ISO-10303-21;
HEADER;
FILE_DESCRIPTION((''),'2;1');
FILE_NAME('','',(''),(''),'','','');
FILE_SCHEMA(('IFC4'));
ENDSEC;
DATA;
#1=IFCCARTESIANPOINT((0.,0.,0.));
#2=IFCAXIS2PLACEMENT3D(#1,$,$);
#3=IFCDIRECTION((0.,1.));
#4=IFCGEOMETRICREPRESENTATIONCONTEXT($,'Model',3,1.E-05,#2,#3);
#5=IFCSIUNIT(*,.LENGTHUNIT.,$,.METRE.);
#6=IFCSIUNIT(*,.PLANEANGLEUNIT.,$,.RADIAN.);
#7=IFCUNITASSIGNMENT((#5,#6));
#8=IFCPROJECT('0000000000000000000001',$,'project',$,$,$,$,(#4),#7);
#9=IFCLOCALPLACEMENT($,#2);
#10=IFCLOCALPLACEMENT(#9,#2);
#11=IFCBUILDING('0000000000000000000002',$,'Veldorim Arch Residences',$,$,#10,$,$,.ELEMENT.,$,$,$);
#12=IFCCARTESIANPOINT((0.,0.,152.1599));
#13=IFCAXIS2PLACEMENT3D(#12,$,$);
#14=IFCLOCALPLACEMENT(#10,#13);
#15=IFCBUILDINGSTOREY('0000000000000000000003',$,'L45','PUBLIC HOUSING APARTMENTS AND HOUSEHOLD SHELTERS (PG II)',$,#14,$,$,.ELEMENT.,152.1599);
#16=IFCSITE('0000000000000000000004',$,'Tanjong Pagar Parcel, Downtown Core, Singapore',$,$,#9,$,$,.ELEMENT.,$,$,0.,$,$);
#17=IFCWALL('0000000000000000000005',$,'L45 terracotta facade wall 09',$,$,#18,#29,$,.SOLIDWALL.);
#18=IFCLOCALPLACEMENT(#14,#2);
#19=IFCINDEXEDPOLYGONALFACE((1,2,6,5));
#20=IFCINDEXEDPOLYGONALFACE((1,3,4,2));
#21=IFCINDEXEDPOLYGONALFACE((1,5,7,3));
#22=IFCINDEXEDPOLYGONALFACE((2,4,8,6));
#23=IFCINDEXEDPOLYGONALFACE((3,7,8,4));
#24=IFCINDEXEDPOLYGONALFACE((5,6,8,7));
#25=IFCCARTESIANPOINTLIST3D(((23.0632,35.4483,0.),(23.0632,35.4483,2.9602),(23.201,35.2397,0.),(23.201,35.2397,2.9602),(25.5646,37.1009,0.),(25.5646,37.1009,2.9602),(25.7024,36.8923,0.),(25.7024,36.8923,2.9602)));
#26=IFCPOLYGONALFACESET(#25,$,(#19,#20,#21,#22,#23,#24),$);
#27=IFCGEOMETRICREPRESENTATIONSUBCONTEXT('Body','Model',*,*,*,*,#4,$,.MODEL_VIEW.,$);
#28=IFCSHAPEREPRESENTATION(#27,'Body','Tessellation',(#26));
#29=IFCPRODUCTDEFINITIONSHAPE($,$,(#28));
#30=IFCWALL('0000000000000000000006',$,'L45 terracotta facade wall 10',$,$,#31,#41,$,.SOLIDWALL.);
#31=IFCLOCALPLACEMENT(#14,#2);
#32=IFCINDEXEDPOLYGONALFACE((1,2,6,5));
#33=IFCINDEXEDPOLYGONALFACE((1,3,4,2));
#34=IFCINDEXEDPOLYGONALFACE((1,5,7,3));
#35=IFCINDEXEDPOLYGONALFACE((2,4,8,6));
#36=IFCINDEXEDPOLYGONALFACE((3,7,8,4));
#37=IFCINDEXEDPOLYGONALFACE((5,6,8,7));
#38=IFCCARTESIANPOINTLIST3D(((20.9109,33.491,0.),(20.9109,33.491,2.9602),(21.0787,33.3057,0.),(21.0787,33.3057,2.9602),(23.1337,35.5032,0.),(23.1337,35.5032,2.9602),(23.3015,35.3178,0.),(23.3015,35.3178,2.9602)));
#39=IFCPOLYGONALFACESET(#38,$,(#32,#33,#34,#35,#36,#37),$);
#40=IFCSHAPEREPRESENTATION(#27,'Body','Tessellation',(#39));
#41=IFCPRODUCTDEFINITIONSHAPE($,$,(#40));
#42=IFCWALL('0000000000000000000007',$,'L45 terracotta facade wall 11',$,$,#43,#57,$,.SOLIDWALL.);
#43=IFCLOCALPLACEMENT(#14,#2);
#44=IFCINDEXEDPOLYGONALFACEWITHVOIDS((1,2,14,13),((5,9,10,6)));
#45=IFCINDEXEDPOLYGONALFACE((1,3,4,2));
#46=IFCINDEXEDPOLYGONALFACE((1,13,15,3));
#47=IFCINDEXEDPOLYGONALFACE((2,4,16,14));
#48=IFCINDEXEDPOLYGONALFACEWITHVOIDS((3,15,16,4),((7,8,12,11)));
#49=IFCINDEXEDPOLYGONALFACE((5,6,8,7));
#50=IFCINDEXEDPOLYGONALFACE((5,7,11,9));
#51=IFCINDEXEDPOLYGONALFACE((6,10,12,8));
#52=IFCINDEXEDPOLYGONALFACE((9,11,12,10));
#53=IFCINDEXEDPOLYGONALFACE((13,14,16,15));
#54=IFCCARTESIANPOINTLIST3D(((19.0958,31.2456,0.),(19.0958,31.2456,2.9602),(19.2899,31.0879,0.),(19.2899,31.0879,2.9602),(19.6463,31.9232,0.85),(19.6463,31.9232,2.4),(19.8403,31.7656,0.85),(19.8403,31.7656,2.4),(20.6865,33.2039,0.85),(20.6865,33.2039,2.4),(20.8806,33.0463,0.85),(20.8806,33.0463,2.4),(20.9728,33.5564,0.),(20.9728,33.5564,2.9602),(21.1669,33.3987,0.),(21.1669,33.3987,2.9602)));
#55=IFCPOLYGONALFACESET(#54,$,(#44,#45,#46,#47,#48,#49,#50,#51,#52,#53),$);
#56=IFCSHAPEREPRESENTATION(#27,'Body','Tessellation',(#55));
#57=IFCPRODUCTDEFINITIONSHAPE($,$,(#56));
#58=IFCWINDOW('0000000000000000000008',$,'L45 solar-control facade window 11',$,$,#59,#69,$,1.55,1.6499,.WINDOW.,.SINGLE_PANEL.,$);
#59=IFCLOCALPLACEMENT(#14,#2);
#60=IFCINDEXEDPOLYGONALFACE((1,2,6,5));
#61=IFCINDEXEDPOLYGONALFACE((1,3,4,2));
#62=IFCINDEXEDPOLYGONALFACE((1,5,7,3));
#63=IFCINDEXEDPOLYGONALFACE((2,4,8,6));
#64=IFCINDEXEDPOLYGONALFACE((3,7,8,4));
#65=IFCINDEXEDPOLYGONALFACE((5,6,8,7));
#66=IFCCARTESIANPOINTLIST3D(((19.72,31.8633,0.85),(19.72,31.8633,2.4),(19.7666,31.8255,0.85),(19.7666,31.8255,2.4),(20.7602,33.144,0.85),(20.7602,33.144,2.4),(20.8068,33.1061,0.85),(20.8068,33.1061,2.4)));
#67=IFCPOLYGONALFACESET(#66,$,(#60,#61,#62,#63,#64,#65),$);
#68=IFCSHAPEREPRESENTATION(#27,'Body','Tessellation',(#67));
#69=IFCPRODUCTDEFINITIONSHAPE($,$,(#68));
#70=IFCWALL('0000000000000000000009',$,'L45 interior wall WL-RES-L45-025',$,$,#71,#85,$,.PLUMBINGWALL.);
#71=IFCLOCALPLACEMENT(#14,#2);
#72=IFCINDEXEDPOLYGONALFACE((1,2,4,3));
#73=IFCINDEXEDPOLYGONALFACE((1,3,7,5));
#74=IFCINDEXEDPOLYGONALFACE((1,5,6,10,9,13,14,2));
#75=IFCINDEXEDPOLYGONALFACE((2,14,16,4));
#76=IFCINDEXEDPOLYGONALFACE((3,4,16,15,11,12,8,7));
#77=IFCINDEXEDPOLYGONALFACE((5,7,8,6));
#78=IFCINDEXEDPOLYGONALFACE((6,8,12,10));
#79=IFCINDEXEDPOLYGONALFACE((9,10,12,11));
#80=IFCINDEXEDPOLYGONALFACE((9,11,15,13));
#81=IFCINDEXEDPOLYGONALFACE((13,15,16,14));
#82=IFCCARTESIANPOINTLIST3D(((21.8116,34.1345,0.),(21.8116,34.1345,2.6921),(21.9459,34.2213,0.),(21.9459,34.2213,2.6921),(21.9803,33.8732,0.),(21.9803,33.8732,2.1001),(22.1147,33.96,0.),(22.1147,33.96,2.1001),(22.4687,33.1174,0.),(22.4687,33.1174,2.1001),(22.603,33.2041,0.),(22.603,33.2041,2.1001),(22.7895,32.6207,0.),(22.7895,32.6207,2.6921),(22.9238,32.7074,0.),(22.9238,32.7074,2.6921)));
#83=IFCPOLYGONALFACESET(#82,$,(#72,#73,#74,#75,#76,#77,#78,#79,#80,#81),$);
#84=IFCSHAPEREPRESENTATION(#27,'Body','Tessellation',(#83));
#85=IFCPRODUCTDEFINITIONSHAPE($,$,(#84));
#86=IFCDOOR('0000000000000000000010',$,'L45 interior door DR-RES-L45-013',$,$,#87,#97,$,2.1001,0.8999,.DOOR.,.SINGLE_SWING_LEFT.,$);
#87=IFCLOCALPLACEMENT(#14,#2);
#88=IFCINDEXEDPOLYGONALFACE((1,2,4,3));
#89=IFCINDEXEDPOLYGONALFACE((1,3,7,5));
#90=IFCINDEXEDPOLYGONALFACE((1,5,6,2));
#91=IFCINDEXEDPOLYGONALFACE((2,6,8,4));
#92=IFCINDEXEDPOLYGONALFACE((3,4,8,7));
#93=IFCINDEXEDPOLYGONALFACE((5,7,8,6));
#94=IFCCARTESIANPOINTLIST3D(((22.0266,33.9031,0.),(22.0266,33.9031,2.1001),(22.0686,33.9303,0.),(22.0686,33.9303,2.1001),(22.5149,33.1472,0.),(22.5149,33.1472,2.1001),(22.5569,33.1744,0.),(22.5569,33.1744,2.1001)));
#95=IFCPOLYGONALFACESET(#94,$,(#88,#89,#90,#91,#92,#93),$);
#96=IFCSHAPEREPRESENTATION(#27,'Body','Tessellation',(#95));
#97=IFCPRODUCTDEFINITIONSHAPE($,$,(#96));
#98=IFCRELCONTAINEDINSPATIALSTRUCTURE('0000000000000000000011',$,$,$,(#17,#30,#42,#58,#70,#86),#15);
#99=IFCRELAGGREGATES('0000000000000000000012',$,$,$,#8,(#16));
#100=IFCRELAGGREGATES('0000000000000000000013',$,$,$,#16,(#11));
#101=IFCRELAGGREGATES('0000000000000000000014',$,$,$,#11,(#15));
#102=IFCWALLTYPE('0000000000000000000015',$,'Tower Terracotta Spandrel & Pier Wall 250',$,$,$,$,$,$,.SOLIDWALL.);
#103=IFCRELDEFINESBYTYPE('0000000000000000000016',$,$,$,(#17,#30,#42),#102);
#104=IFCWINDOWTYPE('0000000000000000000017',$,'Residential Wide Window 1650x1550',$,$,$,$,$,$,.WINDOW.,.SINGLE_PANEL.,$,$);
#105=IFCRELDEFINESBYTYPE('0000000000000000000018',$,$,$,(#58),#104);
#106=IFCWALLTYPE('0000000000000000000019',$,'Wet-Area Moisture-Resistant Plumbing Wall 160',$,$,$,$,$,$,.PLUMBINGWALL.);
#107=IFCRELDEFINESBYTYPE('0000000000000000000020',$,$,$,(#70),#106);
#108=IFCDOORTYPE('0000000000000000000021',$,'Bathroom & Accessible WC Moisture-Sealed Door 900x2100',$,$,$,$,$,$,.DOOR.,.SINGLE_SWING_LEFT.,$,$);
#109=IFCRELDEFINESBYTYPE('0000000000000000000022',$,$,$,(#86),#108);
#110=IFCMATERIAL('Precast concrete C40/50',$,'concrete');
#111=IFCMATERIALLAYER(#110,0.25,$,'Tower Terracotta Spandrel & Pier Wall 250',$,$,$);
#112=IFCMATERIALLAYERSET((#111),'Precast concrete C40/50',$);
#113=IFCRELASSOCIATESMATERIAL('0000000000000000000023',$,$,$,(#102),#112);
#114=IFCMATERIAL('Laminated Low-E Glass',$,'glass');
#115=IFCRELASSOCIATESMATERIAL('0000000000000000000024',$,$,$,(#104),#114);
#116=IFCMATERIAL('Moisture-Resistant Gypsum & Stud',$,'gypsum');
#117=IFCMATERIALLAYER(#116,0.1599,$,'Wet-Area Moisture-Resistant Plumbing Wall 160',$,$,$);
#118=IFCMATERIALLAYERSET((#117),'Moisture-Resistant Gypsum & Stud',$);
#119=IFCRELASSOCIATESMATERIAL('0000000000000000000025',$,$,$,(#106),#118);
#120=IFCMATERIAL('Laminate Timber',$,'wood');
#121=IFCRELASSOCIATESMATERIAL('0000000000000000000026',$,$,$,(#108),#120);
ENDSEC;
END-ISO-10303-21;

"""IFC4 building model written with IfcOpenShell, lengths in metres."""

from ifc_helpers import new_model, si_unit, direction, frame, frame_2d, origin, place, context, subcontext, project, spatial, rectangle, extrude, material, layer, layer_set, type_object, element, fill, save


model = new_model("IFC4")

# Units and contexts
model_context = context("Model", 3, precision=1e-05, world=origin(), true_north=direction((0.0, 1.0)))
body_context = subcontext(model_context, "Body", "Model", "MODEL_VIEW")
ifc_project = project(units=[si_unit("LENGTHUNIT", "METRE"), si_unit("PLANEANGLEUNIT", "RADIAN")], contexts=[model_context])

# Site, building, storey
site_placement = place(None, origin())
site = spatial("IfcSite", under=ifc_project, at=site_placement, Name="Tanjong Pagar Parcel, Downtown Core, Singapore", CompositionType="ELEMENT", RefElevation=0.0)
building_placement = place(site_placement, origin())
building = spatial("IfcBuilding", under=site, at=building_placement, Name="Veldorim Arch Residences", CompositionType="ELEMENT")
storey_placement = place(building_placement, frame((0.0, 0.0, 152.1599)))
storey = spatial("IfcBuildingStorey", under=building, at=storey_placement, Name="L45", Description="PUBLIC HOUSING APARTMENTS AND HOUSEHOLD SHELTERS (PG II)", CompositionType="ELEMENT", Elevation=152.1599)

# Shared definitions
ifc_material_1 = material(Name="Precast concrete C40/50", Category="concrete")
ifc_layer_1 = layer(ifc_material_1, 0.25, Name="Tower Terracotta Spandrel & Pier Wall 250")
ifc_layer_set_1 = layer_set([ifc_layer_1], Name="Precast concrete C40/50")
wall_type_1 = type_object("IfcWallType", Name="Tower Terracotta Spandrel & Pier Wall 250", PredefinedType="SOLIDWALL", material=ifc_layer_set_1)

# Walls
wall_1_placement = place(storey_placement, frame((23.1321, 35.344, 0.0), z_axis=(0.0, 0.0, 1.0), x_axis=(0.834361, 0.551219, 0.0)))
element("IfcWall", 1, at=wall_1_placement, inside=storey, type_object=wall_type_1, Name="L45 terracotta facade wall 09", PredefinedType="SOLIDWALL", context=body_context, shape_type="SweptSolid", body=[
    extrude(rectangle(XDim=2.998, YDim=0.25, at=frame_2d((1.499, 0.0))), origin(), (0.0, 0.0, 1.0), 2.9602),
])
wall_2_placement = place(storey_placement, frame((20.9949, 33.3984, 0.0), z_axis=(0.0, 0.0, 1.0), x_axis=(0.741368, 0.671099, 0.0)))
element("IfcWall", 2, at=wall_2_placement, inside=storey, type_object=wall_type_1, Name="L45 terracotta facade wall 10", PredefinedType="SOLIDWALL", context=body_context, shape_type="SweptSolid", body=[
    extrude(rectangle(XDim=2.9983, YDim=0.25, at=frame_2d((1.499, 0.0))), origin(), (0.0, 0.0, 1.0), 2.9602),
])

# Wall, opening, window
wall_3_placement = place(storey_placement, frame((19.1929, 31.1667, 0.0), z_axis=(0.0, 0.0, 1.0), x_axis=(0.630478, 0.776207, 0.0)))
wall_3 = element("IfcWall", 3, at=wall_3_placement, inside=storey, type_object=wall_type_1, Name="L45 terracotta facade wall 11", PredefinedType="SOLIDWALL", context=body_context, shape_type="SweptSolid", body=[
    extrude(rectangle(XDim=2.9771, YDim=0.25, at=frame_2d((1.4885, 0.0))), origin(), (0.0, 0.0, 1.0), 2.9602),
])
opening_1_placement = place(wall_3_placement, frame((0.873, 0.0, 0.8501)))
opening_1 = element("IfcOpeningElement", 4, at=opening_1_placement, cuts=wall_3, PredefinedType="OPENING", context=body_context, shape_type="SweptSolid", body=[
    extrude(rectangle(XDim=1.6499, YDim=1.55, at=frame_2d((0.825, 0.7749))), frame((0.0, 0.135, 0.0), z_axis=(0.0, -1.0, 0.0), x_axis=(1.0, 0.0, 0.0)), (0.0, 0.0, 1.0), 0.27),
])
ifc_material_2 = material(Name="Laminated Low-E Glass", Category="glass")
window_type = type_object("IfcWindowType", Name="Residential Wide Window 1650x1550", PartitioningType="SINGLE_PANEL", PredefinedType="WINDOW", material=ifc_material_2)
window_placement = place(opening_1_placement, origin())
window = element("IfcWindow", 5, at=window_placement, inside=storey, type_object=window_type, Name="L45 solar-control facade window 11", OverallHeight=1.55, OverallWidth=1.6499, PartitioningType="SINGLE_PANEL", PredefinedType="WINDOW", context=body_context, shape_type="SweptSolid", body=[
    extrude(rectangle(XDim=1.6499, YDim=1.55, at=frame_2d((0.825, 0.7749))), frame((0.0, 0.03, 0.0), z_axis=(0.0, -1.0, 0.0), x_axis=(1.0, 0.0, 0.0)), (0.0, 0.0, 1.0), 0.0601),
])
fill(opening_1, window)

# Wall, opening, door
ifc_material_3 = material(Name="Moisture-Resistant Gypsum & Stud", Category="gypsum")
ifc_layer_2 = layer(ifc_material_3, 0.1599, Name="Wet-Area Moisture-Resistant Plumbing Wall 160")
ifc_layer_set_2 = layer_set([ifc_layer_2], Name="Moisture-Resistant Gypsum & Stud")
wall_type_2 = type_object("IfcWallType", Name="Wet-Area Moisture-Resistant Plumbing Wall 160", PredefinedType="PLUMBINGWALL", material=ifc_layer_set_2)
wall_4_placement = place(storey_placement, frame((22.8567, 32.6641, 0.0), z_axis=(0.0, 0.0, 1.0), x_axis=(-0.542639, 0.839966, 0.0)))
wall_4 = element("IfcWall", 6, at=wall_4_placement, inside=storey, type_object=wall_type_2, Name="L45 interior wall WL-RES-L45-025", PredefinedType="PLUMBINGWALL", context=body_context, shape_type="SweptSolid", body=[
    extrude(rectangle(XDim=1.8022, YDim=0.1599, at=frame_2d((0.9011, 0.0))), origin(), (0.0, 0.0, 1.0), 2.6921),
])
opening_2_placement = place(wall_4_placement, frame((0.5913, 0.0, 0.0)))
opening_2 = element("IfcOpeningElement", 7, at=opening_2_placement, cuts=wall_4, PredefinedType="OPENING", context=body_context, shape_type="SweptSolid", body=[
    extrude(rectangle(XDim=0.8999, YDim=2.1001, at=frame_2d((0.45, 1.05))), frame((0.0, 0.0898, 0.0), z_axis=(0.0, -1.0, 0.0), x_axis=(1.0, 0.0, 0.0)), (0.0, 0.0, 1.0), 0.1799),
])
ifc_material_4 = material(Name="Laminate Timber", Category="wood")
door_type_1 = type_object("IfcDoorType", Name="Bathroom & Accessible WC Moisture-Sealed Door 900x2100", OperationType="SINGLE_SWING_LEFT", PredefinedType="DOOR", material=ifc_material_4)
door_1_placement = place(opening_2_placement, origin())
door_1 = element("IfcDoor", 8, at=door_1_placement, inside=storey, type_object=door_type_1, Name="L45 interior door DR-RES-L45-013", OperationType="SINGLE_SWING_LEFT", OverallHeight=2.1001, OverallWidth=0.8999, PredefinedType="DOOR", context=body_context, shape_type="SweptSolid", body=[
    extrude(rectangle(XDim=0.8999, YDim=2.1001, at=frame_2d((0.45, 1.05))), frame((0.0, 0.0249, 0.0), z_axis=(0.0, -1.0, 0.0), x_axis=(1.0, 0.0, 0.0)), (0.0, 0.0, 1.0), 0.05),
])
fill(opening_2, door_1)

save(model, "model.ifc")
